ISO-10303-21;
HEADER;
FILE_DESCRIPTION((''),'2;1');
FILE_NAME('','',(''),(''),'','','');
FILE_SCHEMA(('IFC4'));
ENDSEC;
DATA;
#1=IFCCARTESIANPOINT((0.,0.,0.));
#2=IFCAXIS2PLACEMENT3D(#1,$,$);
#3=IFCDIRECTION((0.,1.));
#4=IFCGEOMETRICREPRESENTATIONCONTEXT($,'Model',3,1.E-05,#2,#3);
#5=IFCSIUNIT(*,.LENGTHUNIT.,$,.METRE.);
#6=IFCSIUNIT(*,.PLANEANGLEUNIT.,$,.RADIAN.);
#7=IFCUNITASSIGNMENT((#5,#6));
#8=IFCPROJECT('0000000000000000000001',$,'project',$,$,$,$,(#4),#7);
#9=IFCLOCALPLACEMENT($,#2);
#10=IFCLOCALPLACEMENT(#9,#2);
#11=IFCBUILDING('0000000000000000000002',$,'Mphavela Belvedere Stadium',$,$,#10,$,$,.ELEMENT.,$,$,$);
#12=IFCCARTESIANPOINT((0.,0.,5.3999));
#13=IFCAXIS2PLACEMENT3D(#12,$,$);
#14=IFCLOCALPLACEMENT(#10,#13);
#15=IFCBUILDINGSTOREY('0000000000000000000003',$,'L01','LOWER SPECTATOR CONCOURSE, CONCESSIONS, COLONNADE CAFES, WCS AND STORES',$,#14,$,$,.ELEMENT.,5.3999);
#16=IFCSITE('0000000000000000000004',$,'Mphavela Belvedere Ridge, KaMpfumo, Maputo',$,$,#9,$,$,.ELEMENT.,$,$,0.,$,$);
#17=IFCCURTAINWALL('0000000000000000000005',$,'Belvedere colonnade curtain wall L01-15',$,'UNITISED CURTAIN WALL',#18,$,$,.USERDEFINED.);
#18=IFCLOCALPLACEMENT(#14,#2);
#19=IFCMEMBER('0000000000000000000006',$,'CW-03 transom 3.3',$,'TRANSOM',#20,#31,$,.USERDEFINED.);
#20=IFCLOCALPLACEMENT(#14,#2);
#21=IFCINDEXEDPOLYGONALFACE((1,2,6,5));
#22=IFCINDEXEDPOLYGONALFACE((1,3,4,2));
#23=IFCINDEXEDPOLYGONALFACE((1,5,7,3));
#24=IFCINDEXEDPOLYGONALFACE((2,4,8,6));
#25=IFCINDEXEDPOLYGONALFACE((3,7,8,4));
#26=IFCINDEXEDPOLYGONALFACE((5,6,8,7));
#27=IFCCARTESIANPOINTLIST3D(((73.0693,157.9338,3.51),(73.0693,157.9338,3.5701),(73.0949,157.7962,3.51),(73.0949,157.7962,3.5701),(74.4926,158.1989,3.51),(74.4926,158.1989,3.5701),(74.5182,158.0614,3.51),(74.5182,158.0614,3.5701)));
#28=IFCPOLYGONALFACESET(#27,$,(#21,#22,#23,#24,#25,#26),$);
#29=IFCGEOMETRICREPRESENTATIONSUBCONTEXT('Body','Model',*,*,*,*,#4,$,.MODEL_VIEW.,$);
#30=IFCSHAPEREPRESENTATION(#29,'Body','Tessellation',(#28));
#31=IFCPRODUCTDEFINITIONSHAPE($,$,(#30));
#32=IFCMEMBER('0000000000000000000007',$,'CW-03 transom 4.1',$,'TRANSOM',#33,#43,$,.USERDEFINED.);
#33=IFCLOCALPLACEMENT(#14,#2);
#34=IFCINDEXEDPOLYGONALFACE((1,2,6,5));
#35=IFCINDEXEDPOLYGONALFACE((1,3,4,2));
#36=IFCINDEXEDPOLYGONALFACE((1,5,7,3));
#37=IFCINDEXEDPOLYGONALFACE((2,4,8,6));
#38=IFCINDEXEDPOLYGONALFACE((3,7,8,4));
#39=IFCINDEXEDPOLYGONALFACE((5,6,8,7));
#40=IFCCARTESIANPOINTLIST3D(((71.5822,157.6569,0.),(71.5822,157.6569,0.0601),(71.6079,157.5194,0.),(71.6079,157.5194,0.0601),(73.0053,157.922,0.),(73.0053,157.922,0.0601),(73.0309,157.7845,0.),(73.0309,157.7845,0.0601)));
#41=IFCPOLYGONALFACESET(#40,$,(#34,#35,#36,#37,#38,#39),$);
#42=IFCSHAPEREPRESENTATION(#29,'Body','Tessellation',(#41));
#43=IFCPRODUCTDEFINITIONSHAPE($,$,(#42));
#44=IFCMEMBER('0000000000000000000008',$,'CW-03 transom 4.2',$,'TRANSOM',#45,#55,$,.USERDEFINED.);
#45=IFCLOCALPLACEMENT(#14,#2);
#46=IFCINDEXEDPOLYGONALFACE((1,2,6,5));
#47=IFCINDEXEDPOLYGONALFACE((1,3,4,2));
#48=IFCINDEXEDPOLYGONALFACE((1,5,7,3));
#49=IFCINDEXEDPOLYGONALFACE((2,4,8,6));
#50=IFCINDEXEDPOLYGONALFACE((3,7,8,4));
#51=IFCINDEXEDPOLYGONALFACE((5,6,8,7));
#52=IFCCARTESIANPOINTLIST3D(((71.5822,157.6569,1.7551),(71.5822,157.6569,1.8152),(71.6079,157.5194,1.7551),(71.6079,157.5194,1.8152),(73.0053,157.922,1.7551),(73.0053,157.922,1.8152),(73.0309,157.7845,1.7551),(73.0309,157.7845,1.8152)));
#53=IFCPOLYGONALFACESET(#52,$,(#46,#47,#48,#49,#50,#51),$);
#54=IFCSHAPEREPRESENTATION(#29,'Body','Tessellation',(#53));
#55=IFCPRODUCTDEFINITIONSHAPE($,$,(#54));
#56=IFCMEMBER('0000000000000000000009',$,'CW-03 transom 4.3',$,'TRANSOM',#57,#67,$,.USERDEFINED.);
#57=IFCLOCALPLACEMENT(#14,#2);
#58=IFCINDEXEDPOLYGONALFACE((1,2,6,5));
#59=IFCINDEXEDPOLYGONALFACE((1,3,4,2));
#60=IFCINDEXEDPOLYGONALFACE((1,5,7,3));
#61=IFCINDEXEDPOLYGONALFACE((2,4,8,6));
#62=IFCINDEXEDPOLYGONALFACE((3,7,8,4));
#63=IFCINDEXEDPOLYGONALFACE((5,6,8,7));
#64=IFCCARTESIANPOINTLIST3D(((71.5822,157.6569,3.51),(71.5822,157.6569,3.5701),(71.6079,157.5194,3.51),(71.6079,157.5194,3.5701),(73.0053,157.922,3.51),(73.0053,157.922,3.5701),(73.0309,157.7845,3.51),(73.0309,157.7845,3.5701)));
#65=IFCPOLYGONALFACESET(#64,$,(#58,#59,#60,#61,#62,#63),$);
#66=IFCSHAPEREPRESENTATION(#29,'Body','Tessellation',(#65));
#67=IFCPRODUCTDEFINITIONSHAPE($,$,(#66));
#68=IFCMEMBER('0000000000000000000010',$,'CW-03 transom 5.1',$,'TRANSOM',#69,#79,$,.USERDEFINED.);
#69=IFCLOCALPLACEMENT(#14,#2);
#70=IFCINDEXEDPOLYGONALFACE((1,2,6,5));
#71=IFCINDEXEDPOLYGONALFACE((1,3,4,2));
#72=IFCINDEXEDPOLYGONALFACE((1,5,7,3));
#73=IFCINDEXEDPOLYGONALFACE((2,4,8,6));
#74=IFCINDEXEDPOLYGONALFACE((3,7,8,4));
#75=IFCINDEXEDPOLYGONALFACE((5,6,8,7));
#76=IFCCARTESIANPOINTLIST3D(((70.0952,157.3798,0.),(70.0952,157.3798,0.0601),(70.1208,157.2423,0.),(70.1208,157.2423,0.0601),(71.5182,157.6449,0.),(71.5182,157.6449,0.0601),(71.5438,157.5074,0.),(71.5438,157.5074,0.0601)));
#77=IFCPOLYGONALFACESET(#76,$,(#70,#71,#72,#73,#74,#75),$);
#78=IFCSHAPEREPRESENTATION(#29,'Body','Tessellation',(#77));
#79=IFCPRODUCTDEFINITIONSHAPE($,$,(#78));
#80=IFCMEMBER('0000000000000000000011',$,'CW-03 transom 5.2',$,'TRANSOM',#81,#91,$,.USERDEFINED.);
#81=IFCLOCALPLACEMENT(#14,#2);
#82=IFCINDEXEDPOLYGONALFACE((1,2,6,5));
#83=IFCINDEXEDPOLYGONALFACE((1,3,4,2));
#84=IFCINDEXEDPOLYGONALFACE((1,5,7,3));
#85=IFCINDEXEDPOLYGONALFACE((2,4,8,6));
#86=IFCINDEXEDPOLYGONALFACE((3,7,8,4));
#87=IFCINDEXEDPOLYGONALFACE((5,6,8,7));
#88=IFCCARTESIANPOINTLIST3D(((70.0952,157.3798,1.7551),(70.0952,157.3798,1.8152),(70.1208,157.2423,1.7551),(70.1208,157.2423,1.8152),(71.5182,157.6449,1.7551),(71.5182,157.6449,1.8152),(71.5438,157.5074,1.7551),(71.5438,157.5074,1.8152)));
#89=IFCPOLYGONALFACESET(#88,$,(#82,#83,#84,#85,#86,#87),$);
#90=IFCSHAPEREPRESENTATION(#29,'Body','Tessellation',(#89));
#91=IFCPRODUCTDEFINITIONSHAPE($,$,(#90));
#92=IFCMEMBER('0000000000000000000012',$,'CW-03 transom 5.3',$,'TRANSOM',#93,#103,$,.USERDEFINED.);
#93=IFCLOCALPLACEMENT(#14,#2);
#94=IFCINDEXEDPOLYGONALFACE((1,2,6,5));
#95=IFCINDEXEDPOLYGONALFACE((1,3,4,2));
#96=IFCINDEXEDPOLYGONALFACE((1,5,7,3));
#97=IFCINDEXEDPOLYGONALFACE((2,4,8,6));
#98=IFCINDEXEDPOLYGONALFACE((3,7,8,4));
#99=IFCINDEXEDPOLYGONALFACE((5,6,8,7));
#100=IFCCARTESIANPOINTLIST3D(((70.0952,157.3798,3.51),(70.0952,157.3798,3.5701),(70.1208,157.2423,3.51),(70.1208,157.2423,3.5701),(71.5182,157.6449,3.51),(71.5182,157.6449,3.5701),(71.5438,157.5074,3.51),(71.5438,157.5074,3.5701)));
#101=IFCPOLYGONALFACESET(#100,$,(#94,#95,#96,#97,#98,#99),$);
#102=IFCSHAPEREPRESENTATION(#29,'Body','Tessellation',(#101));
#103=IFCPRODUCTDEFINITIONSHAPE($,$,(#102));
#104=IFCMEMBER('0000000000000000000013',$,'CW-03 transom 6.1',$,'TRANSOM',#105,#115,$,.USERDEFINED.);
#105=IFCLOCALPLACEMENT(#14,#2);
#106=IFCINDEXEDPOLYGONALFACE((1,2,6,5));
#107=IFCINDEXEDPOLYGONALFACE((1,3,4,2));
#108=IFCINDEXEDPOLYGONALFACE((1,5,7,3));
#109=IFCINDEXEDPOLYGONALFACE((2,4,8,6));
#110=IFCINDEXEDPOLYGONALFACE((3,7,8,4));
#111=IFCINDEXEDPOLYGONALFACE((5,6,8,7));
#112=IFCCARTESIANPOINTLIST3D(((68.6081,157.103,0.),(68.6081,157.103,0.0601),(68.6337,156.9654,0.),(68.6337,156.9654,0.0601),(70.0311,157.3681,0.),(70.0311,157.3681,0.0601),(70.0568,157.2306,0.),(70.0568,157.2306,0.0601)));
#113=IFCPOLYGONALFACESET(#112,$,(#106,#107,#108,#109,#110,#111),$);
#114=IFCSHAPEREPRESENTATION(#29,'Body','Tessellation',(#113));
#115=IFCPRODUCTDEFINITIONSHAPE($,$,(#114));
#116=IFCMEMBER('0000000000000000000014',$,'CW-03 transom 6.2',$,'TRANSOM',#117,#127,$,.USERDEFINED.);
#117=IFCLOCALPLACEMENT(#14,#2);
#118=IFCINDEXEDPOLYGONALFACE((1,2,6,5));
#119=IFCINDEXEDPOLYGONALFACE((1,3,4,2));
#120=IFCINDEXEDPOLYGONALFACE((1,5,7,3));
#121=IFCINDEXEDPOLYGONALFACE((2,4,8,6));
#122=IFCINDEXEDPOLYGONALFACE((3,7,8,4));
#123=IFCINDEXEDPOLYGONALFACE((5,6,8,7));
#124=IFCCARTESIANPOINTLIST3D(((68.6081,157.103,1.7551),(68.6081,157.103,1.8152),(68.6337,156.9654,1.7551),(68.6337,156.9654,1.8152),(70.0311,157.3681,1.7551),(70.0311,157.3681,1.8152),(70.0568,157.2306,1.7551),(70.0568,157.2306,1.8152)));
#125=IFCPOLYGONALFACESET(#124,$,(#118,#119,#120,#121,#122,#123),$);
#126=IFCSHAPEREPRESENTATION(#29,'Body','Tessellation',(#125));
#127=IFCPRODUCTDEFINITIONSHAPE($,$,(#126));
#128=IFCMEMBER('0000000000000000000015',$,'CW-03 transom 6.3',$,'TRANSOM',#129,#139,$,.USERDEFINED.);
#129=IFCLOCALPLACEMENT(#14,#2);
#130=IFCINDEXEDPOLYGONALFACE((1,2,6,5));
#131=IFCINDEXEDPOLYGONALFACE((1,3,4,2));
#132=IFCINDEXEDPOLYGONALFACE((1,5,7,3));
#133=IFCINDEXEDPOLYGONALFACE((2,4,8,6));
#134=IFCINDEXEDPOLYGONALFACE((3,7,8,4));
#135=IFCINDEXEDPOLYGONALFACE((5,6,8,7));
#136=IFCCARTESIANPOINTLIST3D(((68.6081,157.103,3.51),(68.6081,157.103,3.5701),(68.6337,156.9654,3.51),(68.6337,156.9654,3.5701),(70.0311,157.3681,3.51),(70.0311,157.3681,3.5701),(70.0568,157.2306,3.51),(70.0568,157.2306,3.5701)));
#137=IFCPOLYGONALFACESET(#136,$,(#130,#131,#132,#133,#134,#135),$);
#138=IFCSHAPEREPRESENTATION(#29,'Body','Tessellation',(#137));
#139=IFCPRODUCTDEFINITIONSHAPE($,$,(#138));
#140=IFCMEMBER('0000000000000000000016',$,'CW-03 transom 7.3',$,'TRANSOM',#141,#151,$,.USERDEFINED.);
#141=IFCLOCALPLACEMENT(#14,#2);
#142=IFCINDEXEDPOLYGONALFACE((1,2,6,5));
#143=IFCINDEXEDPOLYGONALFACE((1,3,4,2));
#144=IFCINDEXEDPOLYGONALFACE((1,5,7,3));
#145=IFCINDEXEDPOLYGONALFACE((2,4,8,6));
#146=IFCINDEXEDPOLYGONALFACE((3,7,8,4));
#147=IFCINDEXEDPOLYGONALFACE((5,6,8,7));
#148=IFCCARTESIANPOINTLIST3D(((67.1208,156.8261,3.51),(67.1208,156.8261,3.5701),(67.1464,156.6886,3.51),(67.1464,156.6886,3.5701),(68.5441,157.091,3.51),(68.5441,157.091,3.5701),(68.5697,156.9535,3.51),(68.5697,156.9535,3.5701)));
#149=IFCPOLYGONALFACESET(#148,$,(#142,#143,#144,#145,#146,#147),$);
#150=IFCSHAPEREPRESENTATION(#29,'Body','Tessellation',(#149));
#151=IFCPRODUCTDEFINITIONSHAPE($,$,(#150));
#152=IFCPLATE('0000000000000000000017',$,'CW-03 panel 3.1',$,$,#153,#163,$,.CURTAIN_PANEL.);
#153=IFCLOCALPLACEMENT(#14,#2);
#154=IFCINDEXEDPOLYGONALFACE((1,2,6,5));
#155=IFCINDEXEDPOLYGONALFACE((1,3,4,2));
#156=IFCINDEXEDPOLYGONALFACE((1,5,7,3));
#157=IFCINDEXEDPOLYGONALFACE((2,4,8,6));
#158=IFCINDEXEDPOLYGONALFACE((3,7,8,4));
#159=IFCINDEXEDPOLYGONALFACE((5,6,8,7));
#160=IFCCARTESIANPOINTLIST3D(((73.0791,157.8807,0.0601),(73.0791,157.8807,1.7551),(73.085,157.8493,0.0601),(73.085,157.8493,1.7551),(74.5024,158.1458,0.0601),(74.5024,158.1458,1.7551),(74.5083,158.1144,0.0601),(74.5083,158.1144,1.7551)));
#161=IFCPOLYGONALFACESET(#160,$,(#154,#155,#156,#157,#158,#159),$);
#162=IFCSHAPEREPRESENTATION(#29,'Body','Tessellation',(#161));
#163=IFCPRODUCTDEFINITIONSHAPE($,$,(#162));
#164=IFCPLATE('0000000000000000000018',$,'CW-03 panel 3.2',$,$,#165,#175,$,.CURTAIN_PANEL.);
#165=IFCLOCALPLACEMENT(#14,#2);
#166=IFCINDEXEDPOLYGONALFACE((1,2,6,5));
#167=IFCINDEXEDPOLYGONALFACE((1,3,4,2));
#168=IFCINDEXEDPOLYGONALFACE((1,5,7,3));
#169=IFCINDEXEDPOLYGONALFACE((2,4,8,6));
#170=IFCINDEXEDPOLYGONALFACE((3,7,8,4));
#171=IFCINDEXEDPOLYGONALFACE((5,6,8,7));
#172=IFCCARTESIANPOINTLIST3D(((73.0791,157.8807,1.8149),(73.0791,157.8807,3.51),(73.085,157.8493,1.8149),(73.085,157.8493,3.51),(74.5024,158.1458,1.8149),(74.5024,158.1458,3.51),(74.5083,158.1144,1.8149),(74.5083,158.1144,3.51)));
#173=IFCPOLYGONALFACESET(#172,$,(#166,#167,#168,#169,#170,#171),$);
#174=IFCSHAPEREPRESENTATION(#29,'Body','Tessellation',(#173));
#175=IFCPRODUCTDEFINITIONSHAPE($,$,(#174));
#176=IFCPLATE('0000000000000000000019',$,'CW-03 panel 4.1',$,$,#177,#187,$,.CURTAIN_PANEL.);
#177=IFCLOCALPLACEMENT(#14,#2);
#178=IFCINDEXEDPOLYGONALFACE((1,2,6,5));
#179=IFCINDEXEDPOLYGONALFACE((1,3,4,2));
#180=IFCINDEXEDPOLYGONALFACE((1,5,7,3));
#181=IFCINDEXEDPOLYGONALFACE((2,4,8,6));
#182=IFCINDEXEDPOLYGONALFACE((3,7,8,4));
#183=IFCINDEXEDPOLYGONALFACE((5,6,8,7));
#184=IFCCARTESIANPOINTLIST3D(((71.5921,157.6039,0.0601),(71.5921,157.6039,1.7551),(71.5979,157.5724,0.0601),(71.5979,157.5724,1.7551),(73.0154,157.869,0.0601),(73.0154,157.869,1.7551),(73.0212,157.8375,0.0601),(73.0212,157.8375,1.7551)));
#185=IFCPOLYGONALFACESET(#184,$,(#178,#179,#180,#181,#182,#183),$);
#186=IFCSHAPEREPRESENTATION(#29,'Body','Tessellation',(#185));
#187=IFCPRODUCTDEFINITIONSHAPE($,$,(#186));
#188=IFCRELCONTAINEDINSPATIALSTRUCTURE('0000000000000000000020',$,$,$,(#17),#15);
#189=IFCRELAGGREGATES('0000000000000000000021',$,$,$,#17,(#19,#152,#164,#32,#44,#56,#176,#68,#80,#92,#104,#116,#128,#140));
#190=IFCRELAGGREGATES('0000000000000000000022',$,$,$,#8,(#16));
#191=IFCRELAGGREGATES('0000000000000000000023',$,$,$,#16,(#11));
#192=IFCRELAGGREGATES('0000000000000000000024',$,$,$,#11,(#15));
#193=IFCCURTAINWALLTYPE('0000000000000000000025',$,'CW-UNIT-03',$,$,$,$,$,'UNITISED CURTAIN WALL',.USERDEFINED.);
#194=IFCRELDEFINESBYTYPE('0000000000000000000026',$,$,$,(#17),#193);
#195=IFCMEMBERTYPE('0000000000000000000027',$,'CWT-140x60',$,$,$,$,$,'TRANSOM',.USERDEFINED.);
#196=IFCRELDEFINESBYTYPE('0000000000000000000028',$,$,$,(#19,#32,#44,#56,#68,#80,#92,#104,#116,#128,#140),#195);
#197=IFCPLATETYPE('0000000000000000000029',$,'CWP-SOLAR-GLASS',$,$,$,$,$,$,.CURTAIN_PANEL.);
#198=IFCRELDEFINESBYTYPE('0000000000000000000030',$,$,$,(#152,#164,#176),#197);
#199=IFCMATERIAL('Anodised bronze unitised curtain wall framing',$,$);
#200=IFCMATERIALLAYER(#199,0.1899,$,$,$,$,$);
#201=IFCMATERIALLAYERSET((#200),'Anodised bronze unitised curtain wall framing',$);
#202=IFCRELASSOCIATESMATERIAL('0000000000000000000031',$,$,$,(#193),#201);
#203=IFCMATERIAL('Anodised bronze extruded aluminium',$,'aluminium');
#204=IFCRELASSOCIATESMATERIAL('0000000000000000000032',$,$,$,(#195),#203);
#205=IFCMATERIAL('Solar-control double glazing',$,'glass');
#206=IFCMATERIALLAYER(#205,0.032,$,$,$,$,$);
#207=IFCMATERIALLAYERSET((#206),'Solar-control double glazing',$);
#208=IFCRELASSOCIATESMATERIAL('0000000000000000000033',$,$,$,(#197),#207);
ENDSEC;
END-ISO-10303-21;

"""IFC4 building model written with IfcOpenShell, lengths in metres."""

from ifc_helpers import new_model, si_unit, direction, frame, origin, origin_2d, place, context, subcontext, project, spatial, rectangle, extrude, material, layer, layer_set, material_profile, profile_set, type_object, element, aggregate, save


model = new_model("IFC4")

# Units and contexts
model_context = context("Model", 3, precision=1e-05, world=origin(), true_north=direction((0.0, 1.0)))
body_context = subcontext(model_context, "Body", "Model", "MODEL_VIEW")
ifc_project = project(units=[si_unit("LENGTHUNIT", "METRE"), si_unit("PLANEANGLEUNIT", "RADIAN")], contexts=[model_context])

# Site, building, storey
site_placement = place(None, origin())
site = spatial("IfcSite", under=ifc_project, at=site_placement, Name="Mphavela Belvedere Ridge, KaMpfumo, Maputo", CompositionType="ELEMENT", RefElevation=0.0)
building_placement = place(site_placement, origin())
building = spatial("IfcBuilding", under=site, at=building_placement, Name="Mphavela Belvedere Stadium", CompositionType="ELEMENT")
storey_placement = place(building_placement, frame((0.0, 0.0, 5.3999)))
storey = spatial("IfcBuildingStorey", under=building, at=storey_placement, Name="L01", Description="LOWER SPECTATOR CONCOURSE, CONCESSIONS, COLONNADE CAFES, WCS AND STORES", CompositionType="ELEMENT", Elevation=5.3999)

# Curtain wall, members, plates
ifc_material_1 = material(Name="Anodised bronze unitised curtain wall framing")
ifc_layer_1 = layer(ifc_material_1, 0.1899)
ifc_layer_set_1 = layer_set([ifc_layer_1], Name="Anodised bronze unitised curtain wall framing")
curtain_wall_type = type_object("IfcCurtainWallType", Name="CW-UNIT-03", ElementType="UNITISED CURTAIN WALL", PredefinedType="USERDEFINED", material=ifc_layer_set_1)
curtain_wall_placement = place(storey_placement, origin())
curtain_wall = element("IfcCurtainWall", 1, at=curtain_wall_placement, inside=storey, type_object=curtain_wall_type, Name="Belvedere colonnade curtain wall L01-15", ObjectType="UNITISED CURTAIN WALL", PredefinedType="USERDEFINED")
ifc_material_2 = material(Name="Anodised bronze extruded aluminium", Category="aluminium")
ifc_material_profile_1 = material_profile(ifc_material_2, rectangle(XDim=0.1399, YDim=0.0601, at=origin_2d()), Name="CW-TRN 140x60")
ifc_profile_set_1 = profile_set([ifc_material_profile_1], Name="Anodised bronze extruded aluminium")
member_type_1 = type_object("IfcMemberType", Name="CWT-140x60", ElementType="TRANSOM", PredefinedType="USERDEFINED", material=ifc_profile_set_1)
member_1_placement = place(storey_placement, frame((74.5054, 158.1301, 3.54), z_axis=(-0.983089, -0.183128, 0.0), x_axis=(0.183128, -0.983089, 0.0)))
member_1 = element("IfcMember", 2, at=member_1_placement, type_object=member_type_1, Name="CW-03 transom 3.3", ObjectType="TRANSOM", PredefinedType="USERDEFINED", context=body_context, shape_type="SweptSolid", body=[
    extrude(rectangle(XDim=0.1399, YDim=0.0601, at=origin_2d()), origin(), (0.0, 0.0, 1.0), 1.4478),
])
member_2_placement = place(storey_placement, frame((73.0181, 157.8533, 0.03), z_axis=(-0.983083, -0.183158, 0.0), x_axis=(0.183158, -0.983083, 0.0)))
member_2 = element("IfcMember", 3, at=member_2_placement, type_object=member_type_1, Name="CW-03 transom 4.1", ObjectType="TRANSOM", PredefinedType="USERDEFINED", context=body_context, shape_type="SweptSolid", body=[
    extrude(rectangle(XDim=0.1399, YDim=0.0601, at=origin_2d()), origin(), (0.0, 0.0, 1.0), 1.4475),
])
member_3_placement = place(storey_placement, frame((73.0181, 157.8533, 1.7852), z_axis=(-0.983083, -0.183158, 0.0), x_axis=(0.183158, -0.983083, 0.0)))
member_3 = element("IfcMember", 4, at=member_3_placement, type_object=member_type_1, Name="CW-03 transom 4.2", ObjectType="TRANSOM", PredefinedType="USERDEFINED", context=body_context, shape_type="SweptSolid", body=[
    extrude(rectangle(XDim=0.1399, YDim=0.0601, at=origin_2d()), origin(), (0.0, 0.0, 1.0), 1.4475),
])
member_4_placement = place(storey_placement, frame((73.0181, 157.8533, 3.54), z_axis=(-0.983083, -0.183158, 0.0), x_axis=(0.183158, -0.983083, 0.0)))
member_4 = element("IfcMember", 5, at=member_4_placement, type_object=member_type_1, Name="CW-03 transom 4.3", ObjectType="TRANSOM", PredefinedType="USERDEFINED", context=body_context, shape_type="SweptSolid", body=[
    extrude(rectangle(XDim=0.1399, YDim=0.0601, at=origin_2d()), origin(), (0.0, 0.0, 1.0), 1.4475),
])
member_5_placement = place(storey_placement, frame((71.531, 157.5762, 0.03), z_axis=(-0.983083, -0.183158, 0.0), x_axis=(0.183158, -0.983083, 0.0)))
member_5 = element("IfcMember", 6, at=member_5_placement, type_object=member_type_1, Name="CW-03 transom 5.1", ObjectType="TRANSOM", PredefinedType="USERDEFINED", context=body_context, shape_type="SweptSolid", body=[
    extrude(rectangle(XDim=0.1399, YDim=0.0601, at=origin_2d()), origin(), (0.0, 0.0, 1.0), 1.4475),
])
member_6_placement = place(storey_placement, frame((71.531, 157.5762, 1.7852), z_axis=(-0.983083, -0.183158, 0.0), x_axis=(0.183158, -0.983083, 0.0)))
member_6 = element("IfcMember", 7, at=member_6_placement, type_object=member_type_1, Name="CW-03 transom 5.2", ObjectType="TRANSOM", PredefinedType="USERDEFINED", context=body_context, shape_type="SweptSolid", body=[
    extrude(rectangle(XDim=0.1399, YDim=0.0601, at=origin_2d()), origin(), (0.0, 0.0, 1.0), 1.4475),
])
member_7_placement = place(storey_placement, frame((71.531, 157.5762, 3.54), z_axis=(-0.983083, -0.183158, 0.0), x_axis=(0.183158, -0.983083, 0.0)))
member_7 = element("IfcMember", 8, at=member_7_placement, type_object=member_type_1, Name="CW-03 transom 5.3", ObjectType="TRANSOM", PredefinedType="USERDEFINED", context=body_context, shape_type="SweptSolid", body=[
    extrude(rectangle(XDim=0.1399, YDim=0.0601, at=origin_2d()), origin(), (0.0, 0.0, 1.0), 1.4475),
])
member_8_placement = place(storey_placement, frame((70.0439, 157.2993, 0.03), z_axis=(-0.983083, -0.183158, 0.0), x_axis=(0.183158, -0.983083, 0.0)))
member_8 = element("IfcMember", 9, at=member_8_placement, type_object=member_type_1, Name="CW-03 transom 6.1", ObjectType="TRANSOM", PredefinedType="USERDEFINED", context=body_context, shape_type="SweptSolid", body=[
    extrude(rectangle(XDim=0.1399, YDim=0.0601, at=origin_2d()), origin(), (0.0, 0.0, 1.0), 1.4475),
])
member_9_placement = place(storey_placement, frame((70.0439, 157.2993, 1.7852), z_axis=(-0.983083, -0.183158, 0.0), x_axis=(0.183158, -0.983083, 0.0)))
member_9 = element("IfcMember", 10, at=member_9_placement, type_object=member_type_1, Name="CW-03 transom 6.2", ObjectType="TRANSOM", PredefinedType="USERDEFINED", context=body_context, shape_type="SweptSolid", body=[
    extrude(rectangle(XDim=0.1399, YDim=0.0601, at=origin_2d()), origin(), (0.0, 0.0, 1.0), 1.4475),
])
member_10_placement = place(storey_placement, frame((70.0439, 157.2993, 3.54), z_axis=(-0.983083, -0.183158, 0.0), x_axis=(0.183158, -0.983083, 0.0)))
member_10 = element("IfcMember", 11, at=member_10_placement, type_object=member_type_1, Name="CW-03 transom 6.3", ObjectType="TRANSOM", PredefinedType="USERDEFINED", context=body_context, shape_type="SweptSolid", body=[
    extrude(rectangle(XDim=0.1399, YDim=0.0601, at=origin_2d()), origin(), (0.0, 0.0, 1.0), 1.4475),
])
member_11_placement = place(storey_placement, frame((68.5569, 157.0222, 3.54), z_axis=(-0.983119, -0.182965, 0.0), x_axis=(0.182965, -0.983119, 0.0)))
member_11 = element("IfcMember", 12, at=member_11_placement, type_object=member_type_1, Name="CW-03 transom 7.3", ObjectType="TRANSOM", PredefinedType="USERDEFINED", context=body_context, shape_type="SweptSolid", body=[
    extrude(rectangle(XDim=0.1399, YDim=0.0601, at=origin_2d()), origin(), (0.0, 0.0, 1.0), 1.4478),
])
ifc_material_3 = material(Name="Solar-control double glazing", Category="glass")
ifc_layer_2 = layer(ifc_material_3, 0.032)
ifc_layer_set_2 = layer_set([ifc_layer_2], Name="Solar-control double glazing")
plate_type = type_object("IfcPlateType", Name="CWP-SOLAR-GLASS", PredefinedType="CURTAIN_PANEL", material=ifc_layer_set_2)
plate_1_placement = place(storey_placement, frame((73.7937, 157.9976, 0.0601), z_axis=(0.0, 0.0, 1.0), x_axis=(-0.983095, -0.183095, 0.0)))
plate_1 = element("IfcPlate", 13, at=plate_1_placement, type_object=plate_type, Name="CW-03 panel 3.1", PredefinedType="CURTAIN_PANEL", context=body_context, shape_type="SweptSolid", body=[
    extrude(rectangle(XDim=1.4478, YDim=0.032, at=origin_2d()), origin(), (0.0, 0.0, 1.0), 1.6951),
])
plate_2_placement = place(storey_placement, frame((73.7937, 157.9976, 1.8149), z_axis=(0.0, 0.0, 1.0), x_axis=(-0.983095, -0.183095, 0.0)))
plate_2 = element("IfcPlate", 14, at=plate_2_placement, type_object=plate_type, Name="CW-03 panel 3.2", PredefinedType="CURTAIN_PANEL", context=body_context, shape_type="SweptSolid", body=[
    extrude(rectangle(XDim=1.4478, YDim=0.032, at=origin_2d()), origin(), (0.0, 0.0, 1.0), 1.6951),
])
plate_3_placement = place(storey_placement, frame((72.3066, 157.7207, 0.0601), z_axis=(0.0, 0.0, 1.0), x_axis=(-0.983095, -0.183095, 0.0)))
plate_3 = element("IfcPlate", 15, at=plate_3_placement, type_object=plate_type, Name="CW-03 panel 4.1", PredefinedType="CURTAIN_PANEL", context=body_context, shape_type="SweptSolid", body=[
    extrude(rectangle(XDim=1.4478, YDim=0.032, at=origin_2d()), origin(), (0.0, 0.0, 1.0), 1.6951),
])
aggregate(curtain_wall, [member_1, plate_1, plate_2, member_2, member_3, member_4, plate_3, member_5, member_6, member_7, member_8, member_9, member_10, member_11])

save(model, "model.ifc")
